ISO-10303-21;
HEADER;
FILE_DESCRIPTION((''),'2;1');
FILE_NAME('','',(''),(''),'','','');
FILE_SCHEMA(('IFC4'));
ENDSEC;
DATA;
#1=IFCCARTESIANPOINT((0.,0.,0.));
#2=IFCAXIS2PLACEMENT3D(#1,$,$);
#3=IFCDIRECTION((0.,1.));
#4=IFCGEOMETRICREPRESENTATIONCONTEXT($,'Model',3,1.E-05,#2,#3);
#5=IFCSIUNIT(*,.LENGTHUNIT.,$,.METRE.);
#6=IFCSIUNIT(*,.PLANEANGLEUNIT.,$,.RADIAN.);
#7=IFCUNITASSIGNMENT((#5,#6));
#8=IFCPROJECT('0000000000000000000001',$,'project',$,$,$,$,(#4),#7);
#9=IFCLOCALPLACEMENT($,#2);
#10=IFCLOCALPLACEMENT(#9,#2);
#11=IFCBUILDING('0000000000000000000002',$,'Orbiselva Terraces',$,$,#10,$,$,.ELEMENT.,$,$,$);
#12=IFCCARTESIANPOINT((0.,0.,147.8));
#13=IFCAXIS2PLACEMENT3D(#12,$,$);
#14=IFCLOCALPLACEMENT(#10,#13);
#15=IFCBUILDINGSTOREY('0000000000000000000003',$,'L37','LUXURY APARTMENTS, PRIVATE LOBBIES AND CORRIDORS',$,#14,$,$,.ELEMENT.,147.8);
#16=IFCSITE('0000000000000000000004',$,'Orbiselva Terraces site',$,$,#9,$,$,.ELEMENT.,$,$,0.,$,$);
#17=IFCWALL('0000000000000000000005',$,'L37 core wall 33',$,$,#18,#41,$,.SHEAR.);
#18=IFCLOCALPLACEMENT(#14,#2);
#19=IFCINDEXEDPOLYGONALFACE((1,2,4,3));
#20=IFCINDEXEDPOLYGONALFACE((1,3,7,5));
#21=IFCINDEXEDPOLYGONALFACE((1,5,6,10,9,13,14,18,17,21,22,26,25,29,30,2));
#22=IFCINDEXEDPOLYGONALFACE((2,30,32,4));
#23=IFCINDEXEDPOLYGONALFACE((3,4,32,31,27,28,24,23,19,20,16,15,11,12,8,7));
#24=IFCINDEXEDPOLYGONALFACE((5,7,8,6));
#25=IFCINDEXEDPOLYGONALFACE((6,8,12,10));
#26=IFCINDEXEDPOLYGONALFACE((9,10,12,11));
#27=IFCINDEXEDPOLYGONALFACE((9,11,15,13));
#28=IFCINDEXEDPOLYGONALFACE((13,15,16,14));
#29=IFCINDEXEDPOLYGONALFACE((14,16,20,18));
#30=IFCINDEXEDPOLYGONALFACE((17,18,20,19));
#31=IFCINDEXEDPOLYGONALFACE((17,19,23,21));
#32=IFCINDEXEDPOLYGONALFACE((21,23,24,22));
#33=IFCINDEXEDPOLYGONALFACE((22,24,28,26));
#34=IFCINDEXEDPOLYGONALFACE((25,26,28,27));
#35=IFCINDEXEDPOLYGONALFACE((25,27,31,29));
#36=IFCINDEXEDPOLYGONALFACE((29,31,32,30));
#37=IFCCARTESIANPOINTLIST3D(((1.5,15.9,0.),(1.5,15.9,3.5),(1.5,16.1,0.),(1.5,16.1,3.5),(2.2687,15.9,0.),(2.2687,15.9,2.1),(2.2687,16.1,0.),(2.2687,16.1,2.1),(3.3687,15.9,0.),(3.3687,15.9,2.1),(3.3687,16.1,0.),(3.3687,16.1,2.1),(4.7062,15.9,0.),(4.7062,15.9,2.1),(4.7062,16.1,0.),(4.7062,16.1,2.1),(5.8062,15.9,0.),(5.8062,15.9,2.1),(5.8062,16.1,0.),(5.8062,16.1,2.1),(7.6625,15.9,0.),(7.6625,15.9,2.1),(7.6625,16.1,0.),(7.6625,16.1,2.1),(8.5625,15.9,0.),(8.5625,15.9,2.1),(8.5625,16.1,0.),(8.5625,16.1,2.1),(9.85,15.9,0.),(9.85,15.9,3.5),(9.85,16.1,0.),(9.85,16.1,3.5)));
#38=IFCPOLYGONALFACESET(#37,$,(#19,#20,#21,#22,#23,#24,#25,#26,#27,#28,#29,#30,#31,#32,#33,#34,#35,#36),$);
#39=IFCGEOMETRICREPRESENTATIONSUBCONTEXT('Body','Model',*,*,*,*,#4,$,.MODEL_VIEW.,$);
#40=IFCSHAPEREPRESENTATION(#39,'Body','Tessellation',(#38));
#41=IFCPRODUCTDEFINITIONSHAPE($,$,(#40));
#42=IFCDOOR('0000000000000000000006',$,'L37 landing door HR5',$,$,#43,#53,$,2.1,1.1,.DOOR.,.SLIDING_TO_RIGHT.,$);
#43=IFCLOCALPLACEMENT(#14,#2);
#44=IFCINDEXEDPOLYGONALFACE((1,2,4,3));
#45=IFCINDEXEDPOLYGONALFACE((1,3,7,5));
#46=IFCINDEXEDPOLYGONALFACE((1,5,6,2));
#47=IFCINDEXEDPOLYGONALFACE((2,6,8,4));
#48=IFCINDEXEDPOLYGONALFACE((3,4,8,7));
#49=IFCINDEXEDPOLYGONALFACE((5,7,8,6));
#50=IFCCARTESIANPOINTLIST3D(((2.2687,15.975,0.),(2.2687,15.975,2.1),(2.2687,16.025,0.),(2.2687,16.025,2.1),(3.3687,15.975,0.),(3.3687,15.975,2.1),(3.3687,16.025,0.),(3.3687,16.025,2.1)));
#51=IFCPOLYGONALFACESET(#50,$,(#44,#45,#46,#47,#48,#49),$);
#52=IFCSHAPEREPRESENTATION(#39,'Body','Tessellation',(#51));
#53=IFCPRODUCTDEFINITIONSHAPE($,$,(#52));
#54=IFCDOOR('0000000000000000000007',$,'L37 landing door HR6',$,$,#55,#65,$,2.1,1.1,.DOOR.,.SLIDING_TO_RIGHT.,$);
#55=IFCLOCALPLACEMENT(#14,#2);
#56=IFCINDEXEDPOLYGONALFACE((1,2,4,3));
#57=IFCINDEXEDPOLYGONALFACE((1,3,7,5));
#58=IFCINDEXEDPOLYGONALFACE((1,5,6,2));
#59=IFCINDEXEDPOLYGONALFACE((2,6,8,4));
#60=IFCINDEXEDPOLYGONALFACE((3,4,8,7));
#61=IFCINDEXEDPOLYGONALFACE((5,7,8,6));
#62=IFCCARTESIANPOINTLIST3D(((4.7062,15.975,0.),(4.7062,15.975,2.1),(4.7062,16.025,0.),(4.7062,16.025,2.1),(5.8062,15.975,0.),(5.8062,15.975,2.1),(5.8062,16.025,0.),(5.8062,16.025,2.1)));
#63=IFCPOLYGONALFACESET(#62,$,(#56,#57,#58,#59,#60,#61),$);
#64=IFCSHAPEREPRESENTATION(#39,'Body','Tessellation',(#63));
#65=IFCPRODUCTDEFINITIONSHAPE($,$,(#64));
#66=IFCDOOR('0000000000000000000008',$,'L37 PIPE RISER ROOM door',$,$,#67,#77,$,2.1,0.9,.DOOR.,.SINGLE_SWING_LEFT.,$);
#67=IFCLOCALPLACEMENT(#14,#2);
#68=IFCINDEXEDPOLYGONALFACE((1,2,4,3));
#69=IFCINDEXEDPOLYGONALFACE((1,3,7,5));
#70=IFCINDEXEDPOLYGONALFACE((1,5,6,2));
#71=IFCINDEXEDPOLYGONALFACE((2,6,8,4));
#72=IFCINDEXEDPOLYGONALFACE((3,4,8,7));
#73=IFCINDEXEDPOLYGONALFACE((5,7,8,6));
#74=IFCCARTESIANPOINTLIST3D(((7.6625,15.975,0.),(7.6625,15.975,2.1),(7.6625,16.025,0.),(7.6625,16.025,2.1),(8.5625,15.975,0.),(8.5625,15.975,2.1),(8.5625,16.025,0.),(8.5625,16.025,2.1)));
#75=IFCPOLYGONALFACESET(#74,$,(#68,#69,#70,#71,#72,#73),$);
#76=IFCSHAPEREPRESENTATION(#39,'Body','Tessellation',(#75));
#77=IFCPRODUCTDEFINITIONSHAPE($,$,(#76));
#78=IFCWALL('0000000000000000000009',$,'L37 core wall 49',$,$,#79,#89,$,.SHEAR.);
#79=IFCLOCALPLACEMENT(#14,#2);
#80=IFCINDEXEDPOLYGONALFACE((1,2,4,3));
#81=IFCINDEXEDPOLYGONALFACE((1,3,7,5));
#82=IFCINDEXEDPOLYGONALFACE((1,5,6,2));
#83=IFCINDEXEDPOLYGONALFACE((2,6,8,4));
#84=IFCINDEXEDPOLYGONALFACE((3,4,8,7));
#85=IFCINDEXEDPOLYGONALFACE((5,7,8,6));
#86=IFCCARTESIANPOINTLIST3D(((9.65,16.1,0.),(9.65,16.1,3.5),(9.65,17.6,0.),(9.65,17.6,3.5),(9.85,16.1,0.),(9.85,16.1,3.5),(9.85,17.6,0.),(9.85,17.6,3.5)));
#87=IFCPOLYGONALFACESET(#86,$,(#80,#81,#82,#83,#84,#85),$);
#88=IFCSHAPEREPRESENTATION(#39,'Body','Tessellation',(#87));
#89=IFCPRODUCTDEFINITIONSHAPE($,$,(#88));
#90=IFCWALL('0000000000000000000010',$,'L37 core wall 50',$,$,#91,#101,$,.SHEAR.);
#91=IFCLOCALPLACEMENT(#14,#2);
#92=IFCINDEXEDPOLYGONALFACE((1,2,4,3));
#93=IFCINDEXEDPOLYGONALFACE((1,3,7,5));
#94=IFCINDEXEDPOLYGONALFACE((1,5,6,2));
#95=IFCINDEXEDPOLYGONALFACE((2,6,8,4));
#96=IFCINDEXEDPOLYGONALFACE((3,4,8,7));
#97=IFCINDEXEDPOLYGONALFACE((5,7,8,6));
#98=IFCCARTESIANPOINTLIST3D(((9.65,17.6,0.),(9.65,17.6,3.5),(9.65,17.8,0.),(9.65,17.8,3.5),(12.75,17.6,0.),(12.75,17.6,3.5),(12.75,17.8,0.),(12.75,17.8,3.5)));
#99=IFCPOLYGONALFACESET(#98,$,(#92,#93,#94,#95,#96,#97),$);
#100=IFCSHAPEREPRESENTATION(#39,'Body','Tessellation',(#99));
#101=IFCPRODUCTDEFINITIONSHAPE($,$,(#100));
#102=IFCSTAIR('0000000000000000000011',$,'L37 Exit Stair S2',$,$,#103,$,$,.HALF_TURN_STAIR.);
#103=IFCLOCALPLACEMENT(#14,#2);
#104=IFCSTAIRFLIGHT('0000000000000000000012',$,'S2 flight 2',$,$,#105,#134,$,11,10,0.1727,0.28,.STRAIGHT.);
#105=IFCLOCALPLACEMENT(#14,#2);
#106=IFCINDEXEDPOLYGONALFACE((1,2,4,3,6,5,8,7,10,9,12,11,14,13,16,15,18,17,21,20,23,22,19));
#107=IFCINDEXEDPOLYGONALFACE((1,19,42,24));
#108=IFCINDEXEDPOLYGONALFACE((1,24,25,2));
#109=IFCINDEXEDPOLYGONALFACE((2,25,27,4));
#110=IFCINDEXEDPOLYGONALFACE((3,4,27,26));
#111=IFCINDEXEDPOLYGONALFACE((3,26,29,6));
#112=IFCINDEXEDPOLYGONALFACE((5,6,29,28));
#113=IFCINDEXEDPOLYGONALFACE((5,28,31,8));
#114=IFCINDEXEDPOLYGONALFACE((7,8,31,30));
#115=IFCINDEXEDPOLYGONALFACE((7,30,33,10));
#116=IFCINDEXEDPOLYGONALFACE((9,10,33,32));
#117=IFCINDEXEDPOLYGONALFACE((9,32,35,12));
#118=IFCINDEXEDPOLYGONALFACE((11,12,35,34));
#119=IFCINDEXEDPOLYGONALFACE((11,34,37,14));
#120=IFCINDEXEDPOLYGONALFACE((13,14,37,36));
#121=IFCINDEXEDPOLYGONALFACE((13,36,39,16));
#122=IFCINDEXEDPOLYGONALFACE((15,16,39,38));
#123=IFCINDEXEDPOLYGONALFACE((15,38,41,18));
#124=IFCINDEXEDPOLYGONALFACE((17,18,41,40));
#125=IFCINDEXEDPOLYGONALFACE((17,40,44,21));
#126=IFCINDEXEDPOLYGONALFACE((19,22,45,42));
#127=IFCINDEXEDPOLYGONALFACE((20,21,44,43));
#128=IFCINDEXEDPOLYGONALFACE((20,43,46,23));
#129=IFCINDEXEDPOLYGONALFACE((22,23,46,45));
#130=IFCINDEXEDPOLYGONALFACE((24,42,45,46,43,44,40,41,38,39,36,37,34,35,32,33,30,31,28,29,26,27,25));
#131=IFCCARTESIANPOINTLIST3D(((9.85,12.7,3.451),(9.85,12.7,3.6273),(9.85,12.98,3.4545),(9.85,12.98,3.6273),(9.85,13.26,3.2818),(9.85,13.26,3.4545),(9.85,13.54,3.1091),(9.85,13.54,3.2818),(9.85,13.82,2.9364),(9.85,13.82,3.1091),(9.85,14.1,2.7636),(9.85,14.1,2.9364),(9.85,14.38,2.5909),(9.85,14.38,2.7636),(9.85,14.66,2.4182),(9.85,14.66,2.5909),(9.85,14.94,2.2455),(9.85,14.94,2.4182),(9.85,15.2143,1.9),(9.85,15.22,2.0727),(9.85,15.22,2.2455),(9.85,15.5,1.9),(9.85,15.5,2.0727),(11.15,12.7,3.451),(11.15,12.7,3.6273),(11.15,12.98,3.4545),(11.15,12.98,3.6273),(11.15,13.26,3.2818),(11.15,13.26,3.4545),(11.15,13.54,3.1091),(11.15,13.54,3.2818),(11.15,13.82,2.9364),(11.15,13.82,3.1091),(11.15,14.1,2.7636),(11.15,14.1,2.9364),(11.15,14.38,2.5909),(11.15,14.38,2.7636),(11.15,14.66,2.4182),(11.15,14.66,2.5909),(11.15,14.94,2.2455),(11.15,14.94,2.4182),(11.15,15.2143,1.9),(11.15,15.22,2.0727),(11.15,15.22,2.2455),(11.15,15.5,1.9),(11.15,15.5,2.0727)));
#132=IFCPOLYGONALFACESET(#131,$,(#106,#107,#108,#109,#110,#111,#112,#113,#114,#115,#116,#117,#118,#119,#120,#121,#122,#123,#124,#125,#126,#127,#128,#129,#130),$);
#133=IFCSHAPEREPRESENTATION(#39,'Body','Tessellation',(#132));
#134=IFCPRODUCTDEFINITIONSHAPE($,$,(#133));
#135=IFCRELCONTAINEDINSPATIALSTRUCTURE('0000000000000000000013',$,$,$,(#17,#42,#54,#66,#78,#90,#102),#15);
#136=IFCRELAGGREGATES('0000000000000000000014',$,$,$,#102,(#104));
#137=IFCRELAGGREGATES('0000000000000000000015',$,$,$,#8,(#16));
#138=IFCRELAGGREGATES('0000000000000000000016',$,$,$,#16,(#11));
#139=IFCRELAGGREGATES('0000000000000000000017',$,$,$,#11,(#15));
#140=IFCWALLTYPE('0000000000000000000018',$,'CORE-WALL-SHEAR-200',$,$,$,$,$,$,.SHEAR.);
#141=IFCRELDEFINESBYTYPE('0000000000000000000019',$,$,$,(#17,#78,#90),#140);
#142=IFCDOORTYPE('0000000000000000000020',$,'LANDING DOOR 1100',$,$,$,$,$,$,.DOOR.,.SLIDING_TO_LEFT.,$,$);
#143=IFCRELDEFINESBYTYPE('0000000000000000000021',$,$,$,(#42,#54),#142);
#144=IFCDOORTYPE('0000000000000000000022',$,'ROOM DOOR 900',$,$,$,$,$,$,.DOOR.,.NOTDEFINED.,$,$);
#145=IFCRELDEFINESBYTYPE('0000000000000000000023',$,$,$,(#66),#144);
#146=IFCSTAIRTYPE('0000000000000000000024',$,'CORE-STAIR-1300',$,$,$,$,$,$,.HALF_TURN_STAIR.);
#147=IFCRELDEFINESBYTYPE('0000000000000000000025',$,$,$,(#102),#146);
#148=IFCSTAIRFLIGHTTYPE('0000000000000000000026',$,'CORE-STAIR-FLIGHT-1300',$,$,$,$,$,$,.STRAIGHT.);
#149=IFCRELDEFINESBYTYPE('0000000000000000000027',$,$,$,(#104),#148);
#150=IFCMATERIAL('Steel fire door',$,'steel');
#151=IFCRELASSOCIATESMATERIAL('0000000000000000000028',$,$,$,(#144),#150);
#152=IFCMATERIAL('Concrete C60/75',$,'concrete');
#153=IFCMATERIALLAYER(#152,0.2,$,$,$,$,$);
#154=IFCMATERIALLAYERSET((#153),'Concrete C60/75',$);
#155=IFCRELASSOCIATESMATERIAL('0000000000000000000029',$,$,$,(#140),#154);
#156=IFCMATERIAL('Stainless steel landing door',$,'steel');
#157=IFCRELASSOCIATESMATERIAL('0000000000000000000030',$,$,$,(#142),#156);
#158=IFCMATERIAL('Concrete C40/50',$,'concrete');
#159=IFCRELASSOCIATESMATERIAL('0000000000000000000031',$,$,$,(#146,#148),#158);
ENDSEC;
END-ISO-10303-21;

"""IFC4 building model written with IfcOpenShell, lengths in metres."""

from ifc_helpers import new_model, si_unit, direction, frame, frame_2d, origin, place, context, subcontext, project, spatial, polyline, rectangle, outline, extrude, material, layer, layer_set, type_object, element, fill, aggregate, save


model = new_model("IFC4")

# Units and contexts
model_context = context("Model", 3, precision=1e-05, world=origin(), true_north=direction((0.0, 1.0)))
body_context = subcontext(model_context, "Body", "Model", "MODEL_VIEW")
ifc_project = project(units=[si_unit("LENGTHUNIT", "METRE"), si_unit("PLANEANGLEUNIT", "RADIAN")], contexts=[model_context])

# Site, building, storey
site_placement = place(None, origin())
site = spatial("IfcSite", under=ifc_project, at=site_placement, Name="Orbiselva Terraces site", CompositionType="ELEMENT", RefElevation=0.0)
building_placement = place(site_placement, origin())
building = spatial("IfcBuilding", under=site, at=building_placement, Name="Orbiselva Terraces", CompositionType="ELEMENT")
storey_placement = place(building_placement, frame((0.0, 0.0, 147.8)))
storey = spatial("IfcBuildingStorey", under=building, at=storey_placement, Name="L37", Description="LUXURY APARTMENTS, PRIVATE LOBBIES AND CORRIDORS", CompositionType="ELEMENT", Elevation=147.8)

# Shared definitions
ifc_material_1 = material(Name="Steel fire door", Category="steel")
door_type_1 = type_object("IfcDoorType", Name="ROOM DOOR 900", OperationType="NOTDEFINED", PredefinedType="DOOR", material=ifc_material_1)

# Shared definitions
ifc_material_2 = material(Name="Concrete C40/50", Category="concrete")
ifc_material_3 = material(Name="Concrete C60/75", Category="concrete")
ifc_layer_1 = layer(ifc_material_3, 0.2)
ifc_layer_set_1 = layer_set([ifc_layer_1], Name="Concrete C60/75")
wall_type_1 = type_object("IfcWallType", Name="CORE-WALL-SHEAR-200", PredefinedType="SHEAR", material=ifc_layer_set_1)

# Wall, openings, doors
wall_1_placement = place(storey_placement, frame((9.85, 16.0, 0.0), z_axis=(0.0, 0.0, 1.0), x_axis=(-1.0, 0.0, 0.0)))
wall_1 = element("IfcWall", 1, at=wall_1_placement, inside=storey, type_object=wall_type_1, Name="L37 core wall 33", PredefinedType="SHEAR", context=body_context, shape_type="SweptSolid", body=[
    extrude(rectangle(XDim=8.35, YDim=0.2, at=frame_2d((4.175, 0.0))), origin(), (0.0, 0.0, 1.0), 3.5),
])
opening_1_placement = place(wall_1_placement, frame((6.4813, 0.0, 0.0)))
opening_1 = element("IfcOpeningElement", 2, at=opening_1_placement, cuts=wall_1, PredefinedType="OPENING", context=body_context, shape_type="SweptSolid", body=[
    extrude(rectangle(XDim=1.1, YDim=2.1, at=frame_2d((0.55, 1.05))), frame((0.0, 0.11, 0.0), z_axis=(0.0, -1.0, 0.0), x_axis=(1.0, 0.0, 0.0)), (0.0, 0.0, 1.0), 0.22),
])
opening_2_placement = place(wall_1_placement, frame((4.0438, 0.0, 0.0)))
opening_2 = element("IfcOpeningElement", 3, at=opening_2_placement, cuts=wall_1, PredefinedType="OPENING", context=body_context, shape_type="SweptSolid", body=[
    extrude(rectangle(XDim=1.1, YDim=2.1, at=frame_2d((0.55, 1.05))), frame((0.0, 0.11, 0.0), z_axis=(0.0, -1.0, 0.0), x_axis=(1.0, 0.0, 0.0)), (0.0, 0.0, 1.0), 0.22),
])
opening_3_placement = place(wall_1_placement, frame((1.2875, 0.0, 0.0)))
opening_3 = element("IfcOpeningElement", 4, at=opening_3_placement, cuts=wall_1, PredefinedType="OPENING", context=body_context, shape_type="SweptSolid", body=[
    extrude(rectangle(XDim=0.9, YDim=2.1, at=frame_2d((0.45, 1.05))), frame((0.0, 0.11, 0.0), z_axis=(0.0, -1.0, 0.0), x_axis=(1.0, 0.0, 0.0)), (0.0, 0.0, 1.0), 0.22),
])
ifc_material_4 = material(Name="Stainless steel landing door", Category="steel")
door_type_2 = type_object("IfcDoorType", Name="LANDING DOOR 1100", OperationType="SLIDING_TO_LEFT", PredefinedType="DOOR", material=ifc_material_4)
door_1_placement = place(opening_1_placement, origin())
door_1 = element("IfcDoor", 5, at=door_1_placement, inside=storey, type_object=door_type_2, Name="L37 landing door HR5", OperationType="SLIDING_TO_RIGHT", OverallHeight=2.1, OverallWidth=1.1, PredefinedType="DOOR", context=body_context, shape_type="SweptSolid", body=[
    extrude(rectangle(XDim=1.1, YDim=2.1, at=frame_2d((0.55, 1.05))), frame((0.0, 0.025, 0.0), z_axis=(0.0, -1.0, 0.0), x_axis=(1.0, 0.0, 0.0)), (0.0, 0.0, 1.0), 0.05),
])
fill(opening_1, door_1)
door_2_placement = place(opening_2_placement, origin())
door_2 = element("IfcDoor", 6, at=door_2_placement, inside=storey, type_object=door_type_2, Name="L37 landing door HR6", OperationType="SLIDING_TO_RIGHT", OverallHeight=2.1, OverallWidth=1.1, PredefinedType="DOOR", context=body_context, shape_type="SweptSolid", body=[
    extrude(rectangle(XDim=1.1, YDim=2.1, at=frame_2d((0.55, 1.05))), frame((0.0, 0.025, 0.0), z_axis=(0.0, -1.0, 0.0), x_axis=(1.0, 0.0, 0.0)), (0.0, 0.0, 1.0), 0.05),
])
fill(opening_2, door_2)
door_3_placement = place(opening_3_placement, origin())
door_3 = element("IfcDoor", 7, at=door_3_placement, inside=storey, type_object=door_type_1, Name="L37 PIPE RISER ROOM door", OperationType="SINGLE_SWING_LEFT", OverallHeight=2.1, OverallWidth=0.9, PredefinedType="DOOR", context=body_context, shape_type="SweptSolid", body=[
    extrude(rectangle(XDim=0.9, YDim=2.1, at=frame_2d((0.45, 1.05))), frame((0.0, 0.025, 0.0), z_axis=(0.0, -1.0, 0.0), x_axis=(1.0, 0.0, 0.0)), (0.0, 0.0, 1.0), 0.05),
])
fill(opening_3, door_3)

# Walls
wall_2_placement = place(storey_placement, frame((9.75, 16.1, 0.0), z_axis=(0.0, 0.0, 1.0), x_axis=(0.0, 1.0, 0.0)))
element("IfcWall", 8, at=wall_2_placement, inside=storey, type_object=wall_type_1, Name="L37 core wall 49", PredefinedType="SHEAR", context=body_context, shape_type="SweptSolid", body=[
    extrude(rectangle(XDim=1.5, YDim=0.2, at=frame_2d((0.75, 0.0))), origin(), (0.0, 0.0, 1.0), 3.5),
])
wall_3_placement = place(storey_placement, frame((9.65, 17.7, 0.0), z_axis=(0.0, 0.0, 1.0), x_axis=(1.0, 0.0, 0.0)))
element("IfcWall", 9, at=wall_3_placement, inside=storey, type_object=wall_type_1, Name="L37 core wall 50", PredefinedType="SHEAR", context=body_context, shape_type="SweptSolid", body=[
    extrude(rectangle(XDim=3.1, YDim=0.2, at=frame_2d((1.55, 0.0))), origin(), (0.0, 0.0, 1.0), 3.5),
])

# Stair, stair flight
stair_type = type_object("IfcStairType", Name="CORE-STAIR-1300", PredefinedType="HALF_TURN_STAIR", material=ifc_material_2)
stair_placement = place(storey_placement, origin())
stair = element("IfcStair", 10, at=stair_placement, inside=storey, type_object=stair_type, Name="L37 Exit Stair S2", PredefinedType="HALF_TURN_STAIR")
stair_flight_type = type_object("IfcStairFlightType", Name="CORE-STAIR-FLIGHT-1300", PredefinedType="STRAIGHT", material=ifc_material_2)
stair_flight_placement = place(storey_placement, frame((10.5, 15.5, 1.9), z_axis=(0.0, 0.0, 1.0), x_axis=(0.0, -1.0, 0.0)))
stair_flight = element("IfcStairFlight", 11, at=stair_flight_placement, type_object=stair_flight_type, Name="S2 flight 2", NumberOfRisers=11, NumberOfTreads=10, PredefinedType="STRAIGHT", RiserHeight=0.1727, TreadLength=0.28, context=body_context, shape_type="SweptSolid", body=[
    extrude(outline(polyline([(0.0, 0.0), (0.0, 0.1727), (0.28, 0.1727), (0.28, 0.3455), (0.56, 0.3455), (0.56, 0.5182), (0.84, 0.5182), (0.84, 0.6909), (1.12, 0.6909), (1.12, 0.8636), (1.4, 0.8636), (1.4, 1.0364), (1.68, 1.0364), (1.68, 1.2091), (1.96, 1.2091), (1.96, 1.3818), (2.24, 1.3818), (2.24, 1.5545), (2.52, 1.5545), (2.52, 1.7273), (2.8, 1.7273), (2.8, 1.9), (2.8, 1.551), (0.2857, 0.0), (0.0, 0.0)])), frame((0.0, 0.65, 0.0), z_axis=(0.0, -1.0, 0.0), x_axis=(1.0, 0.0, 0.0)), (0.0, 0.0, 1.0), 1.3),
])
aggregate(stair, [stair_flight])

save(model, "model.ifc")
